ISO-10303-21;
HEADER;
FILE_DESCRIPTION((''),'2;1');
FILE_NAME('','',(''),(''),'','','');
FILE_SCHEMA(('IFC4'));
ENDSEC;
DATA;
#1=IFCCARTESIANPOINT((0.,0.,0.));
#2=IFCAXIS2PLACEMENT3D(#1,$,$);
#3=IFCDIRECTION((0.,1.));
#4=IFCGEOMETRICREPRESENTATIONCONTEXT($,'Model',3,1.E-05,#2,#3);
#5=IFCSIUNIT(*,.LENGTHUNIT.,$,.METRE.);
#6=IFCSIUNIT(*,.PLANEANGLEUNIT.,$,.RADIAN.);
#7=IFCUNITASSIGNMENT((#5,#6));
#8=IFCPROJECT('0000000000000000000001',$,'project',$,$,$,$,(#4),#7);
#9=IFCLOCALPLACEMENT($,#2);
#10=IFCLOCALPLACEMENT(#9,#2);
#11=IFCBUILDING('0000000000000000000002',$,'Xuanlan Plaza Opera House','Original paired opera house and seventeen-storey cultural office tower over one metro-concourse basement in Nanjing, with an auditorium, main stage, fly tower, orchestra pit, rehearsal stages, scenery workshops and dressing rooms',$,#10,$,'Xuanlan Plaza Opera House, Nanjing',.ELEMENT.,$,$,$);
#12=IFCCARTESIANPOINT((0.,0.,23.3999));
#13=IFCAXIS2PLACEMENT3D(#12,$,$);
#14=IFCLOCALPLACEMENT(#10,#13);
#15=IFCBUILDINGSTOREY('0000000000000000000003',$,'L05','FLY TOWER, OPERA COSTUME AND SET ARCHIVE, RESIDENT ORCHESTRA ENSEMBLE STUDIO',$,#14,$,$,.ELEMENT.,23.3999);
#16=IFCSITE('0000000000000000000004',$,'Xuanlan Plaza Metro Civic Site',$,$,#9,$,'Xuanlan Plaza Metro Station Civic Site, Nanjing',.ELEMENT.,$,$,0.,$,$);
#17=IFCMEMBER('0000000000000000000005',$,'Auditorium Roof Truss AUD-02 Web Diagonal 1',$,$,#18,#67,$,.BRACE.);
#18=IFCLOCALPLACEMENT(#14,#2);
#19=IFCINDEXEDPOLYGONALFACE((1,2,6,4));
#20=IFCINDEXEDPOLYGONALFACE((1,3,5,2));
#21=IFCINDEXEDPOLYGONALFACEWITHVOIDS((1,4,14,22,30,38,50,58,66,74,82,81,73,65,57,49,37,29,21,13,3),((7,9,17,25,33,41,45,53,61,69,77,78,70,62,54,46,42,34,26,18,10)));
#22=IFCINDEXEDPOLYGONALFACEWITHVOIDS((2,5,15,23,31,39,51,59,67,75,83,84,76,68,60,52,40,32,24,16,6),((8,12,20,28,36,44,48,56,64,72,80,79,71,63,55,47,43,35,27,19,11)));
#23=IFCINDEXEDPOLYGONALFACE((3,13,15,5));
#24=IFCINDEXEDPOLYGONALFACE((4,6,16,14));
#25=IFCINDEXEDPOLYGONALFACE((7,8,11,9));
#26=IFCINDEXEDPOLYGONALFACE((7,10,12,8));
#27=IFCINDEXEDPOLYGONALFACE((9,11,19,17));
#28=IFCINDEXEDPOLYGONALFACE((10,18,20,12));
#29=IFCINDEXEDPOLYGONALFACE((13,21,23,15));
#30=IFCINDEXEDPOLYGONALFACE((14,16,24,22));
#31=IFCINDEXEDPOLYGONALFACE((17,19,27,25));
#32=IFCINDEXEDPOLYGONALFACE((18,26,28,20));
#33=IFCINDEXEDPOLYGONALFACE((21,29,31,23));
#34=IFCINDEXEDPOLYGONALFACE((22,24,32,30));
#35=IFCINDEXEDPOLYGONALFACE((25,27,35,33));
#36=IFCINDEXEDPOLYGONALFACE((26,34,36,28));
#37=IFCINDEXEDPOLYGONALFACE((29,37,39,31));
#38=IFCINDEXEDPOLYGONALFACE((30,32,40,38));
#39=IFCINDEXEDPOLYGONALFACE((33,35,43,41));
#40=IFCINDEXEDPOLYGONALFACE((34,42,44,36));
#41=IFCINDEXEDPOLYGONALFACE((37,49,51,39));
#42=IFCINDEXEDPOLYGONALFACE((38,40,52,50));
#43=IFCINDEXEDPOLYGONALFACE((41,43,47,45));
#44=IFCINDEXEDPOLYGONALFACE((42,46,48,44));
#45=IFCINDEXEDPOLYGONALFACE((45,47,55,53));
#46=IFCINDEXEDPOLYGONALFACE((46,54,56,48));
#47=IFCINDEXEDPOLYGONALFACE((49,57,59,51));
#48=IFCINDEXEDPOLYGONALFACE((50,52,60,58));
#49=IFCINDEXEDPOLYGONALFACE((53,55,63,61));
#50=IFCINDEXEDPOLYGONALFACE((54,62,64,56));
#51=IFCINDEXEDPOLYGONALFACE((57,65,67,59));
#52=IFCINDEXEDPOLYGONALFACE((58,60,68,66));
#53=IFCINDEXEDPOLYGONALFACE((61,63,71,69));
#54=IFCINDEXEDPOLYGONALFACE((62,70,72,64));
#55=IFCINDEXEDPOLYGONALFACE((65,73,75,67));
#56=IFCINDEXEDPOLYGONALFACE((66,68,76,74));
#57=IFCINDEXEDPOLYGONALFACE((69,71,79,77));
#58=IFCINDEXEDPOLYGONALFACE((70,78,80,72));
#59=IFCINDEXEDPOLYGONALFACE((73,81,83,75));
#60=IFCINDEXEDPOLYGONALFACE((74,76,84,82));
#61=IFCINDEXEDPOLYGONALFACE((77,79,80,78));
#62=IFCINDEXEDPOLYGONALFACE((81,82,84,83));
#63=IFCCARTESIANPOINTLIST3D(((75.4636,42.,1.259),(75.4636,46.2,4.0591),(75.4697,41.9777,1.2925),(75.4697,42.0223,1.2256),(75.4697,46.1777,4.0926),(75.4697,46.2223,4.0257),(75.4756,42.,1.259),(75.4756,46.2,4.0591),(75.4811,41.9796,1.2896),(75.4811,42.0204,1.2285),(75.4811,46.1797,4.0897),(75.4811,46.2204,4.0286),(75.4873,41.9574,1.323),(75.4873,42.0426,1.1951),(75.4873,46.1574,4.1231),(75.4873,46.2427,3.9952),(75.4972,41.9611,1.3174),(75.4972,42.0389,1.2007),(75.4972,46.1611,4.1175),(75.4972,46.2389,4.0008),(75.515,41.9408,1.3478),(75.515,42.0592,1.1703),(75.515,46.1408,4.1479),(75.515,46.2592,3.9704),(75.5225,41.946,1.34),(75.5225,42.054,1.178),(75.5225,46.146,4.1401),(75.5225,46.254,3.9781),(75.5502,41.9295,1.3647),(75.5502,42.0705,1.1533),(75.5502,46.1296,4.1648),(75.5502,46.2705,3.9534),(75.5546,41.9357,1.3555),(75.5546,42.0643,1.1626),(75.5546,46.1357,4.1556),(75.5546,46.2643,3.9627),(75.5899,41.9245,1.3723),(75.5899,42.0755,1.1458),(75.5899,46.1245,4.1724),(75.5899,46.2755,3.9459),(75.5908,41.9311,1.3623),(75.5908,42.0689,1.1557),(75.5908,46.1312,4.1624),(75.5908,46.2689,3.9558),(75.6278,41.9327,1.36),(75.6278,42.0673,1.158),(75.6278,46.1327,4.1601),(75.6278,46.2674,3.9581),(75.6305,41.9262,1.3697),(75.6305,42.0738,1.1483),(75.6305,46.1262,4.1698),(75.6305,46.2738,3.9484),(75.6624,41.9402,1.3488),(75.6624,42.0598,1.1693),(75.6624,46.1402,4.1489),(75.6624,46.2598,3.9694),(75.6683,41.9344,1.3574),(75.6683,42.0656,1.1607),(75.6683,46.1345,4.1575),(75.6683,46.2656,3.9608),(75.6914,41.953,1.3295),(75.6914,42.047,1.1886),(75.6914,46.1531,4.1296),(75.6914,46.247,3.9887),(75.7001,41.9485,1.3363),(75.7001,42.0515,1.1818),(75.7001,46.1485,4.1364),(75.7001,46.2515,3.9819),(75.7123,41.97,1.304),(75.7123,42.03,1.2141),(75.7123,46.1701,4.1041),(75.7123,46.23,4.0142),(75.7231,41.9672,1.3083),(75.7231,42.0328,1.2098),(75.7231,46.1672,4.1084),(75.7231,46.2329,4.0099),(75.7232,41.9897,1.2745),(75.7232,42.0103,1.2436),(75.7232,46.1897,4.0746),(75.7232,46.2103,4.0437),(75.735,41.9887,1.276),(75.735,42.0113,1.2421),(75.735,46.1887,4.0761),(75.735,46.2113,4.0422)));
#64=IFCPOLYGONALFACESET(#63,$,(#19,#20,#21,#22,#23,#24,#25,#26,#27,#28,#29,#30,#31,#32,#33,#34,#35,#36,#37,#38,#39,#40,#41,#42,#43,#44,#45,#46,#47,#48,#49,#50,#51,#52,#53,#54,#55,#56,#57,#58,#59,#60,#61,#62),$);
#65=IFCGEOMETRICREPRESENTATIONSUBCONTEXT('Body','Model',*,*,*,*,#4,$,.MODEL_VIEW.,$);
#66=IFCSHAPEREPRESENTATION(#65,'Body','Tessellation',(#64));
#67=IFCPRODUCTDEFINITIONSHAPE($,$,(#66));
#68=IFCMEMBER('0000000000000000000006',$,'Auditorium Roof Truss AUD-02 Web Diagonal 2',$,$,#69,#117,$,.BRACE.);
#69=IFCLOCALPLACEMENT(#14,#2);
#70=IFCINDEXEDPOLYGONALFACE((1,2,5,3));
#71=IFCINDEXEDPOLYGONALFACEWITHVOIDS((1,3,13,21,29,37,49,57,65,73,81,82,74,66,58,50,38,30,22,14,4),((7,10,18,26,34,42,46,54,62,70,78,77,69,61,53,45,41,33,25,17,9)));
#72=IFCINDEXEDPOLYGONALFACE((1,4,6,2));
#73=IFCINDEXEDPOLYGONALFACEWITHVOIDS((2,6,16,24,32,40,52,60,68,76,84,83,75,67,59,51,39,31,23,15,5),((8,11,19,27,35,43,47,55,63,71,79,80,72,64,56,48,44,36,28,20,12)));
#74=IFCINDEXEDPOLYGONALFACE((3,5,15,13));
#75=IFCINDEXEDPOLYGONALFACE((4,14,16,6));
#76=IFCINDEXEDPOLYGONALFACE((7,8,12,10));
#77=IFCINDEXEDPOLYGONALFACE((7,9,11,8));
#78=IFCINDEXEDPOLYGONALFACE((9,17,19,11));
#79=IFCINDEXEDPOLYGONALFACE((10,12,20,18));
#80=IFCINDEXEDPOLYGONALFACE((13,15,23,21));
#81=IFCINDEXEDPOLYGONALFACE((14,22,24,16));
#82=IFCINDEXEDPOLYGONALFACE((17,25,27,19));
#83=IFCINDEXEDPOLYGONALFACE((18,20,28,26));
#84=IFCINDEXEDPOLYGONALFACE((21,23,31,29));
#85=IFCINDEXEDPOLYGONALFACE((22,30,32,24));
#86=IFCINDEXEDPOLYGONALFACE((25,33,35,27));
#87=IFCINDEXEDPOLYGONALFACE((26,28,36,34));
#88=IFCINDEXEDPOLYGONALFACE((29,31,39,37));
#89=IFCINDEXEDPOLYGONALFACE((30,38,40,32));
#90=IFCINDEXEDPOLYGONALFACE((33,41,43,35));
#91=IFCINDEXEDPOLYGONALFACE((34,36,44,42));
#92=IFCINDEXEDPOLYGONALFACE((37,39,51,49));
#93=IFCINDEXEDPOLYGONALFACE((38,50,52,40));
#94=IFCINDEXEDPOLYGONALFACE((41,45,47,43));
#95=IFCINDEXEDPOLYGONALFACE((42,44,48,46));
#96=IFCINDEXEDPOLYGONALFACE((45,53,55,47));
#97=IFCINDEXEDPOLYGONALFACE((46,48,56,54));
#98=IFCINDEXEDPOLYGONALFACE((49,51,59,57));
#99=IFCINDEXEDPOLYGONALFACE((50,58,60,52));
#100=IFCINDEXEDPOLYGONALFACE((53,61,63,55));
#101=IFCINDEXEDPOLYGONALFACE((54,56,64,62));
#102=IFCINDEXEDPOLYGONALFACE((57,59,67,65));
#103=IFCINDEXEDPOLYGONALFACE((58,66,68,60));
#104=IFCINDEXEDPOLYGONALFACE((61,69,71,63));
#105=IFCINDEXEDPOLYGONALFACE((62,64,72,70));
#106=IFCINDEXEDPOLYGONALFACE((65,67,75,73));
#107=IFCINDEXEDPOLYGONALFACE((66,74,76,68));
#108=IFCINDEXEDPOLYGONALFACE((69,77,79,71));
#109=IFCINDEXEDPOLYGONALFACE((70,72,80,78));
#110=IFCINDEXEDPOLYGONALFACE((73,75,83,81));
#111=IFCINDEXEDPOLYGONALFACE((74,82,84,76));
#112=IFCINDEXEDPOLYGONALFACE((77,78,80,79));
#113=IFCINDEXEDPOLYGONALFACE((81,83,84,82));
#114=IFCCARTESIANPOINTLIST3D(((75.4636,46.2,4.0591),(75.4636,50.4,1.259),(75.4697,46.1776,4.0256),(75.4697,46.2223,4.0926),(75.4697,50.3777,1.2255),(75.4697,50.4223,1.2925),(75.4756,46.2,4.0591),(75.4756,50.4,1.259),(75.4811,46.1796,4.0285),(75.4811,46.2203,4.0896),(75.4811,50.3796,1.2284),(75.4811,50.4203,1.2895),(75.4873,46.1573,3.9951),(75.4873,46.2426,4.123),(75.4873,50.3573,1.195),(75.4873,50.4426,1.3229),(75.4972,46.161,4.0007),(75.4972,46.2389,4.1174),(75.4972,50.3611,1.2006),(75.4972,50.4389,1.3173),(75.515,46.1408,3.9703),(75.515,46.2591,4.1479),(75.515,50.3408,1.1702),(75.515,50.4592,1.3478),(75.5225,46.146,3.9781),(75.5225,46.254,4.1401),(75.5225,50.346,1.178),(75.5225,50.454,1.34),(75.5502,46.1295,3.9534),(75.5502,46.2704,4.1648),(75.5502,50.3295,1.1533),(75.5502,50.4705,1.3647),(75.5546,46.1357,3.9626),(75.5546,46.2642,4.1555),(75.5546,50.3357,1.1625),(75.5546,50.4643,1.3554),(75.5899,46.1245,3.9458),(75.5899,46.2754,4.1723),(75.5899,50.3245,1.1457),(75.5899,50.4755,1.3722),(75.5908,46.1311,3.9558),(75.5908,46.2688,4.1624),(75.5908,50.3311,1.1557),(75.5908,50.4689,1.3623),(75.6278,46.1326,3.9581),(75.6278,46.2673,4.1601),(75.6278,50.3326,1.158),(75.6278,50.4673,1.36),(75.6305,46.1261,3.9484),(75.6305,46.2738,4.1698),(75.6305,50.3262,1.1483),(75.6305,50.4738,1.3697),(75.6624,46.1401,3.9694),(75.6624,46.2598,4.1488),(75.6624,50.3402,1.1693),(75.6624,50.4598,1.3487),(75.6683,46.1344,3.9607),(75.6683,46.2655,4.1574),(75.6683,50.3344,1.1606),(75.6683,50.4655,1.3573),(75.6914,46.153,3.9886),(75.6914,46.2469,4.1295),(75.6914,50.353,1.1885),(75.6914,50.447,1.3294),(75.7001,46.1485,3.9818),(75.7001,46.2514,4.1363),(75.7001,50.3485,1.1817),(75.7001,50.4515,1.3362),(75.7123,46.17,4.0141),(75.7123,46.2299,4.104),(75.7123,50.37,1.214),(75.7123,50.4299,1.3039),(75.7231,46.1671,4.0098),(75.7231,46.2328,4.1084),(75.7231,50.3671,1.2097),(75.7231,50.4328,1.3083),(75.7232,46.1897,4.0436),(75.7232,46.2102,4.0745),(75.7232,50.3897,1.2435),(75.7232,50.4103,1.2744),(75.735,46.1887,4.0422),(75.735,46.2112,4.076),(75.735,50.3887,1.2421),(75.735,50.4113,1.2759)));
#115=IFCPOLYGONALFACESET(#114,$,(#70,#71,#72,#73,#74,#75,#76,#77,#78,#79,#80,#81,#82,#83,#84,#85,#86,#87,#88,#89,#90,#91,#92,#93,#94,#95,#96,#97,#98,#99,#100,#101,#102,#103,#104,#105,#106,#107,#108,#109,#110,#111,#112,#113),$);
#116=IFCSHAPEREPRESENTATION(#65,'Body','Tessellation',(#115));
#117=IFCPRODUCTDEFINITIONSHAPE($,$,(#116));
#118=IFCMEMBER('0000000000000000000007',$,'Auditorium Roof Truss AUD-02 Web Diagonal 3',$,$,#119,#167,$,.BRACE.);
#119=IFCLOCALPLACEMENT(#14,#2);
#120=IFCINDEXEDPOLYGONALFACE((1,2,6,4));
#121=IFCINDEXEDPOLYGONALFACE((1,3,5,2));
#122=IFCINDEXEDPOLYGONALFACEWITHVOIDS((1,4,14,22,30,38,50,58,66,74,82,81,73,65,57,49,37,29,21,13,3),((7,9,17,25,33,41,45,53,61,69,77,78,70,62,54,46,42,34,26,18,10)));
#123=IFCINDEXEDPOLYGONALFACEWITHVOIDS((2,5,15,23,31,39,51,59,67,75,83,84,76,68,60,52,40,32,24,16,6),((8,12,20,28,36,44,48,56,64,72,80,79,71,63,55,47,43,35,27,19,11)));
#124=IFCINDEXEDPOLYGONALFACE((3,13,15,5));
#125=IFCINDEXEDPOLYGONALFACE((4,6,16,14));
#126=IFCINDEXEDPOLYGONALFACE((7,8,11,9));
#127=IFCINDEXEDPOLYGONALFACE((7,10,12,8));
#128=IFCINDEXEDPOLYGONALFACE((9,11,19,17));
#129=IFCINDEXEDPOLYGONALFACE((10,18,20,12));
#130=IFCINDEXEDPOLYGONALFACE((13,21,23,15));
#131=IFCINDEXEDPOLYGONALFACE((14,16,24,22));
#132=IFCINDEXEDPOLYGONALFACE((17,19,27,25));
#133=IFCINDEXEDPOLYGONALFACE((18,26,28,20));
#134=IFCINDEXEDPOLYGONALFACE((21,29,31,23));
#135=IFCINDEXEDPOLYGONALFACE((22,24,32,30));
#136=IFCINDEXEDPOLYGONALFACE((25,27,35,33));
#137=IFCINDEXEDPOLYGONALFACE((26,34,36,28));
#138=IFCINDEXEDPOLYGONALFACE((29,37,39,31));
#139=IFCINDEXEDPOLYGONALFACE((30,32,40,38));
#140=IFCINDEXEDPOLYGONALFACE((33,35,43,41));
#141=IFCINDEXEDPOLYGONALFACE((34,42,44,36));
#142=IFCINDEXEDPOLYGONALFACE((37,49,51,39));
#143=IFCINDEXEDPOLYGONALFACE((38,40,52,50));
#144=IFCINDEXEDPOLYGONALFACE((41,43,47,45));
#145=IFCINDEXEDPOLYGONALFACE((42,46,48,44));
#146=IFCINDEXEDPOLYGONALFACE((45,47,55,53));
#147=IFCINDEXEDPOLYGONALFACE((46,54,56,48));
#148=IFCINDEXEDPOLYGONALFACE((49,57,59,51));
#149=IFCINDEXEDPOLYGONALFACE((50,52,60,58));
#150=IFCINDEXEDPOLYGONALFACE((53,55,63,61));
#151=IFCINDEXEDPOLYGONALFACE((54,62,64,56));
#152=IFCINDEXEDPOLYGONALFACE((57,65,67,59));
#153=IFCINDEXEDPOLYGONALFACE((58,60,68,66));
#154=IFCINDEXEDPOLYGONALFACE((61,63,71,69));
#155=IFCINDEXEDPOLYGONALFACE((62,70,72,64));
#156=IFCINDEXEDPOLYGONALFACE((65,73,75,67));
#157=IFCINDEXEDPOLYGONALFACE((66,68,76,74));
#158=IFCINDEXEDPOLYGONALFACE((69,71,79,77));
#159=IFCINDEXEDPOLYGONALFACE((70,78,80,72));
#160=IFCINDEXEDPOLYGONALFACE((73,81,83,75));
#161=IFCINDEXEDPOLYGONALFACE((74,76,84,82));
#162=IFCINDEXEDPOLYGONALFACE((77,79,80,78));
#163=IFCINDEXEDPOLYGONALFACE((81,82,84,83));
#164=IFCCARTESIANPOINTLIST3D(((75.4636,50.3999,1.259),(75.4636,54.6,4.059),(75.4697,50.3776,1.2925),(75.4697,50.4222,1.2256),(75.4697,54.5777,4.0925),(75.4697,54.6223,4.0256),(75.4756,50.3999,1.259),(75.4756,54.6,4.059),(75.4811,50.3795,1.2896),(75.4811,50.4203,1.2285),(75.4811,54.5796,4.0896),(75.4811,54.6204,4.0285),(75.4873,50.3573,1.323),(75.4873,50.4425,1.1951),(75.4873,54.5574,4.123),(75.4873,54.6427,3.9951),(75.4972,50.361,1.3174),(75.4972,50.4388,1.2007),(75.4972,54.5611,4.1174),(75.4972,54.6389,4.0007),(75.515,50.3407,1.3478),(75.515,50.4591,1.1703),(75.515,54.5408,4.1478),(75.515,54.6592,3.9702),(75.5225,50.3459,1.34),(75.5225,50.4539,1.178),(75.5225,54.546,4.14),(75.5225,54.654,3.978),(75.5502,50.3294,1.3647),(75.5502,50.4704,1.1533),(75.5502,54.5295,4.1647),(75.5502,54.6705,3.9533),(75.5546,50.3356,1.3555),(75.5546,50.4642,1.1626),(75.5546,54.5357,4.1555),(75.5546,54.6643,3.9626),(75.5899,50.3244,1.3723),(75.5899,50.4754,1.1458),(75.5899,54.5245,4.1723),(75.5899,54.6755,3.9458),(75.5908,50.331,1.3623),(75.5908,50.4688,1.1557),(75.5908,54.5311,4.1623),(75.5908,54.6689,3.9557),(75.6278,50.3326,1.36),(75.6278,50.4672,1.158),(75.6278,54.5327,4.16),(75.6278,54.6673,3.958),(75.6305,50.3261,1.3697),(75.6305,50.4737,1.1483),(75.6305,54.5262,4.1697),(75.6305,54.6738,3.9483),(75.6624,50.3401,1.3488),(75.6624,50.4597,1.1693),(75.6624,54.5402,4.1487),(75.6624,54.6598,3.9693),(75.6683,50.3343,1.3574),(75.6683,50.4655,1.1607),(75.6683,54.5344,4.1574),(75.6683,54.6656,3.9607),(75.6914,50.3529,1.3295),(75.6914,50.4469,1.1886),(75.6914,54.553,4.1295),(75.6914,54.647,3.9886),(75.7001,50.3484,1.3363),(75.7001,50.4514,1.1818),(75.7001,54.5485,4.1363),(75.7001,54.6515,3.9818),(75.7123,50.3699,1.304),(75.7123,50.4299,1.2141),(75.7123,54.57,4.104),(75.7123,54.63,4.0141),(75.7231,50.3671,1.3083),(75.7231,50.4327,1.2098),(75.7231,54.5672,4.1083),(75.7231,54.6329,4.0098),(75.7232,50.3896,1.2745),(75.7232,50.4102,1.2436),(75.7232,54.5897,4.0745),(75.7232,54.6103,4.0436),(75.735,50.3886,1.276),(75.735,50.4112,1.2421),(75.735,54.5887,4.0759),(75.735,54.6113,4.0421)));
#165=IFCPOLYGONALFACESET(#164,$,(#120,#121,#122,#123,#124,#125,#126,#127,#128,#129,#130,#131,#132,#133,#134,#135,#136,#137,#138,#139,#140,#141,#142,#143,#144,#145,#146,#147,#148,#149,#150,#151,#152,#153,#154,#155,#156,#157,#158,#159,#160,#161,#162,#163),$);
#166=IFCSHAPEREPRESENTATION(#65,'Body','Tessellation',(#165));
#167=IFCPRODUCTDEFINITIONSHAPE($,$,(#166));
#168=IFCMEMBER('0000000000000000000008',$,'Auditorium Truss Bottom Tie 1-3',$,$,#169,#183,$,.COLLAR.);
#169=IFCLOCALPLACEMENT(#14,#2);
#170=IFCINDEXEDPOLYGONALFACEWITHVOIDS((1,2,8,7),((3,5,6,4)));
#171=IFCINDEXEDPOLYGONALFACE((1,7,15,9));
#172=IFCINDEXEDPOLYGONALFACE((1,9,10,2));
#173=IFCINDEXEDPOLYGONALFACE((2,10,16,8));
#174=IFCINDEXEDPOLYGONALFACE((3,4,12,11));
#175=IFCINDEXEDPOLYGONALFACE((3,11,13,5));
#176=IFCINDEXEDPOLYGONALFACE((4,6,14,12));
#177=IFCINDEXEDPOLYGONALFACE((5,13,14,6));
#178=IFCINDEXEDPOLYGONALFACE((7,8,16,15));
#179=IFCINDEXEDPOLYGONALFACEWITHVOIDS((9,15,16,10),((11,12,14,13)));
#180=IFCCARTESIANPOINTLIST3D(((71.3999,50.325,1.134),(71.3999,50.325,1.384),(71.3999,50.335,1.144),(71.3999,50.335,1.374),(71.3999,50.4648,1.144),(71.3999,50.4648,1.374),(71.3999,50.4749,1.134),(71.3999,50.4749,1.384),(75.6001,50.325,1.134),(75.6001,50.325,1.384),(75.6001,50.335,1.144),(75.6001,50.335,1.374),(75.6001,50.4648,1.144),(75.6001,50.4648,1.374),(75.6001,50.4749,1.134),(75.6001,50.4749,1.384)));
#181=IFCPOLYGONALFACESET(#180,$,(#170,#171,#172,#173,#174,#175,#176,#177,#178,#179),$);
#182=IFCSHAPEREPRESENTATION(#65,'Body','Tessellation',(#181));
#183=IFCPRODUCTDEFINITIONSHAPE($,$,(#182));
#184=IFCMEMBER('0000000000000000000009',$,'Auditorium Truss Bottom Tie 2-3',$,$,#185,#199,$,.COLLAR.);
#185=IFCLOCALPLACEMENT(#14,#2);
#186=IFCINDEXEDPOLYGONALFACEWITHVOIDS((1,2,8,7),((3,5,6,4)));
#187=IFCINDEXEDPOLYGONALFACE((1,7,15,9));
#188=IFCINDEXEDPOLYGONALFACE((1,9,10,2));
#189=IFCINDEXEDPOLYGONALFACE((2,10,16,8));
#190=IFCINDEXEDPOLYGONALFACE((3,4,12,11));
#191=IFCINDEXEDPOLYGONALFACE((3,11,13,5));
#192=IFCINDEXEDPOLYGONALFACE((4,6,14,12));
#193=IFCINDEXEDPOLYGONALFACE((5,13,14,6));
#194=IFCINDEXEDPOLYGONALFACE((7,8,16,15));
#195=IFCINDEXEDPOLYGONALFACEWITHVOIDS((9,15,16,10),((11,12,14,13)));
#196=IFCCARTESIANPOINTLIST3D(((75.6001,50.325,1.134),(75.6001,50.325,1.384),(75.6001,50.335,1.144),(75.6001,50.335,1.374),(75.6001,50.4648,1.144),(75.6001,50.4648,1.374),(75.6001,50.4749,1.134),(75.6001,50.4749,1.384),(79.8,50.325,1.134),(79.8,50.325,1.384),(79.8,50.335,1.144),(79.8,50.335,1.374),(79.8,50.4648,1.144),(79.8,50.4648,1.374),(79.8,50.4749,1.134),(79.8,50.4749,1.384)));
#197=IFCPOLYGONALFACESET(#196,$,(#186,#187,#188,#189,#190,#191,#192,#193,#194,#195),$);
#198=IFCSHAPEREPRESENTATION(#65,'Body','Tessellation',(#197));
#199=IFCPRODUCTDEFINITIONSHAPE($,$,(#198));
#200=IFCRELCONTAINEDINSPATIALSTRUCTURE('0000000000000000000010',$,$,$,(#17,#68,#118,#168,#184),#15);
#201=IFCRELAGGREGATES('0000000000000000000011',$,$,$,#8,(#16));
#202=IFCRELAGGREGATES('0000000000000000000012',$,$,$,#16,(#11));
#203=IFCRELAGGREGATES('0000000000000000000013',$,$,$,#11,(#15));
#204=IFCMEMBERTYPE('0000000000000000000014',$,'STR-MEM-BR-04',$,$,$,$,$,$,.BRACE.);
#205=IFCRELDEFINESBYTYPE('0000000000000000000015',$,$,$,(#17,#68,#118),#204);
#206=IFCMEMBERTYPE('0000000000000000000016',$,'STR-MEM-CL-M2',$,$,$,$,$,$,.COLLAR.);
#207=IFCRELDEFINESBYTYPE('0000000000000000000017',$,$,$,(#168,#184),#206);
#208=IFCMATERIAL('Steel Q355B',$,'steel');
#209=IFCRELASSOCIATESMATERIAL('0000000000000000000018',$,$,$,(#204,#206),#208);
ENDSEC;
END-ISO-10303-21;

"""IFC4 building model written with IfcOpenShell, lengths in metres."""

from ifc_helpers import new_model, si_unit, direction, frame, origin, origin_2d, place, context, subcontext, project, spatial, hollow_rectangle, hollow_circle, extrude, material, material_profile, profile_set, type_object, element, save


model = new_model("IFC4")

# Units and contexts
model_context = context("Model", 3, precision=1e-05, world=origin(), true_north=direction((0.0, 1.0)))
body_context = subcontext(model_context, "Body", "Model", "MODEL_VIEW")
ifc_project = project(units=[si_unit("LENGTHUNIT", "METRE"), si_unit("PLANEANGLEUNIT", "RADIAN")], contexts=[model_context])

# Site, building, storey
site_placement = place(None, origin())
site = spatial("IfcSite", under=ifc_project, at=site_placement, Name="Xuanlan Plaza Metro Civic Site", LongName="Xuanlan Plaza Metro Station Civic Site, Nanjing", CompositionType="ELEMENT", RefElevation=0.0)
building_placement = place(site_placement, origin())
building = spatial("IfcBuilding", under=site, at=building_placement, Name="Xuanlan Plaza Opera House", Description="Original paired opera house and seventeen-storey cultural office tower over one metro-concourse basement in Nanjing, with an auditorium, main stage, fly tower, orchestra pit, rehearsal stages, scenery workshops and dressing rooms", LongName="Xuanlan Plaza Opera House, Nanjing", CompositionType="ELEMENT")
storey_placement = place(building_placement, frame((0.0, 0.0, 23.3999)))
storey = spatial("IfcBuildingStorey", under=building, at=storey_placement, Name="L05", Description="FLY TOWER, OPERA COSTUME AND SET ARCHIVE, RESIDENT ORCHESTRA ENSEMBLE STUDIO", CompositionType="ELEMENT", Elevation=23.3999)

# Members
ifc_material_1 = material(Name="Steel Q355B", Category="steel")
ifc_material_profile_1 = material_profile(ifc_material_1, hollow_circle(Radius=0.1365, WallThickness=0.012, at=origin_2d()), Name="CHS 273x12")
ifc_profile_set_1 = profile_set([ifc_material_profile_1], Name="Steel Q355B")
member_type_1 = type_object("IfcMemberType", Name="STR-MEM-BR-04", PredefinedType="BRACE", material=ifc_profile_set_1)
for number, where, z_axis, x_axis, name in (
    (1, (75.6001, 42.0, 1.259), (0.0, 0.832043, 0.554711), (-1.0, 0.0, 0.0), "Auditorium Roof Truss AUD-02 Web Diagonal 1"),
    (2, (75.6001, 46.2, 4.0591), (0.0, 0.832043, -0.554711), (-1.0, 0.0, 0.0), "Auditorium Roof Truss AUD-02 Web Diagonal 2"),
    (3, (75.6001, 50.3999, 1.259), (0.0, 0.832058, 0.554689), (-1.0, 0.0, 0.0), "Auditorium Roof Truss AUD-02 Web Diagonal 3"),
):
    element("IfcMember", number, at=place(storey_placement, frame(where, z_axis=z_axis, x_axis=x_axis)), inside=storey, type_object=member_type_1, Name=name, PredefinedType="BRACE", context=body_context, shape_type="SweptSolid", body=[
        extrude(hollow_circle(Radius=0.1365, WallThickness=0.012, at=origin_2d()), origin(), (0.0, 0.0, 1.0), 5.0479),
    ])
ifc_material_profile_2 = material_profile(ifc_material_1, hollow_rectangle(XDim=0.1499, YDim=0.25, WallThickness=0.01, at=origin_2d()), Name="RHS 250x150x10")
ifc_profile_set_2 = profile_set([ifc_material_profile_2], Name="Steel Q355B")
member_type_2 = type_object("IfcMemberType", Name="STR-MEM-CL-M2", PredefinedType="COLLAR", material=ifc_profile_set_2)
member_1_placement = place(storey_placement, frame((71.3999, 50.3999, 1.259), z_axis=(1.0, 0.0, 0.0), x_axis=(0.0, 1.0, 0.0)))
element("IfcMember", 4, at=member_1_placement, inside=storey, type_object=member_type_2, Name="Auditorium Truss Bottom Tie 1-3", PredefinedType="COLLAR", context=body_context, shape_type="SweptSolid", body=[
    extrude(hollow_rectangle(XDim=0.1499, YDim=0.25, WallThickness=0.01, at=origin_2d()), origin(), (0.0, 0.0, 1.0), 4.2002),
])
member_2_placement = place(storey_placement, frame((75.6001, 50.3999, 1.259), z_axis=(1.0, 0.0, 0.0), x_axis=(0.0, 1.0, 0.0)))
element("IfcMember", 5, at=member_2_placement, inside=storey, type_object=member_type_2, Name="Auditorium Truss Bottom Tie 2-3", PredefinedType="COLLAR", context=body_context, shape_type="SweptSolid", body=[
    extrude(hollow_rectangle(XDim=0.1499, YDim=0.25, WallThickness=0.01, at=origin_2d()), origin(), (0.0, 0.0, 1.0), 4.2),
])

save(model, "model.ifc")
